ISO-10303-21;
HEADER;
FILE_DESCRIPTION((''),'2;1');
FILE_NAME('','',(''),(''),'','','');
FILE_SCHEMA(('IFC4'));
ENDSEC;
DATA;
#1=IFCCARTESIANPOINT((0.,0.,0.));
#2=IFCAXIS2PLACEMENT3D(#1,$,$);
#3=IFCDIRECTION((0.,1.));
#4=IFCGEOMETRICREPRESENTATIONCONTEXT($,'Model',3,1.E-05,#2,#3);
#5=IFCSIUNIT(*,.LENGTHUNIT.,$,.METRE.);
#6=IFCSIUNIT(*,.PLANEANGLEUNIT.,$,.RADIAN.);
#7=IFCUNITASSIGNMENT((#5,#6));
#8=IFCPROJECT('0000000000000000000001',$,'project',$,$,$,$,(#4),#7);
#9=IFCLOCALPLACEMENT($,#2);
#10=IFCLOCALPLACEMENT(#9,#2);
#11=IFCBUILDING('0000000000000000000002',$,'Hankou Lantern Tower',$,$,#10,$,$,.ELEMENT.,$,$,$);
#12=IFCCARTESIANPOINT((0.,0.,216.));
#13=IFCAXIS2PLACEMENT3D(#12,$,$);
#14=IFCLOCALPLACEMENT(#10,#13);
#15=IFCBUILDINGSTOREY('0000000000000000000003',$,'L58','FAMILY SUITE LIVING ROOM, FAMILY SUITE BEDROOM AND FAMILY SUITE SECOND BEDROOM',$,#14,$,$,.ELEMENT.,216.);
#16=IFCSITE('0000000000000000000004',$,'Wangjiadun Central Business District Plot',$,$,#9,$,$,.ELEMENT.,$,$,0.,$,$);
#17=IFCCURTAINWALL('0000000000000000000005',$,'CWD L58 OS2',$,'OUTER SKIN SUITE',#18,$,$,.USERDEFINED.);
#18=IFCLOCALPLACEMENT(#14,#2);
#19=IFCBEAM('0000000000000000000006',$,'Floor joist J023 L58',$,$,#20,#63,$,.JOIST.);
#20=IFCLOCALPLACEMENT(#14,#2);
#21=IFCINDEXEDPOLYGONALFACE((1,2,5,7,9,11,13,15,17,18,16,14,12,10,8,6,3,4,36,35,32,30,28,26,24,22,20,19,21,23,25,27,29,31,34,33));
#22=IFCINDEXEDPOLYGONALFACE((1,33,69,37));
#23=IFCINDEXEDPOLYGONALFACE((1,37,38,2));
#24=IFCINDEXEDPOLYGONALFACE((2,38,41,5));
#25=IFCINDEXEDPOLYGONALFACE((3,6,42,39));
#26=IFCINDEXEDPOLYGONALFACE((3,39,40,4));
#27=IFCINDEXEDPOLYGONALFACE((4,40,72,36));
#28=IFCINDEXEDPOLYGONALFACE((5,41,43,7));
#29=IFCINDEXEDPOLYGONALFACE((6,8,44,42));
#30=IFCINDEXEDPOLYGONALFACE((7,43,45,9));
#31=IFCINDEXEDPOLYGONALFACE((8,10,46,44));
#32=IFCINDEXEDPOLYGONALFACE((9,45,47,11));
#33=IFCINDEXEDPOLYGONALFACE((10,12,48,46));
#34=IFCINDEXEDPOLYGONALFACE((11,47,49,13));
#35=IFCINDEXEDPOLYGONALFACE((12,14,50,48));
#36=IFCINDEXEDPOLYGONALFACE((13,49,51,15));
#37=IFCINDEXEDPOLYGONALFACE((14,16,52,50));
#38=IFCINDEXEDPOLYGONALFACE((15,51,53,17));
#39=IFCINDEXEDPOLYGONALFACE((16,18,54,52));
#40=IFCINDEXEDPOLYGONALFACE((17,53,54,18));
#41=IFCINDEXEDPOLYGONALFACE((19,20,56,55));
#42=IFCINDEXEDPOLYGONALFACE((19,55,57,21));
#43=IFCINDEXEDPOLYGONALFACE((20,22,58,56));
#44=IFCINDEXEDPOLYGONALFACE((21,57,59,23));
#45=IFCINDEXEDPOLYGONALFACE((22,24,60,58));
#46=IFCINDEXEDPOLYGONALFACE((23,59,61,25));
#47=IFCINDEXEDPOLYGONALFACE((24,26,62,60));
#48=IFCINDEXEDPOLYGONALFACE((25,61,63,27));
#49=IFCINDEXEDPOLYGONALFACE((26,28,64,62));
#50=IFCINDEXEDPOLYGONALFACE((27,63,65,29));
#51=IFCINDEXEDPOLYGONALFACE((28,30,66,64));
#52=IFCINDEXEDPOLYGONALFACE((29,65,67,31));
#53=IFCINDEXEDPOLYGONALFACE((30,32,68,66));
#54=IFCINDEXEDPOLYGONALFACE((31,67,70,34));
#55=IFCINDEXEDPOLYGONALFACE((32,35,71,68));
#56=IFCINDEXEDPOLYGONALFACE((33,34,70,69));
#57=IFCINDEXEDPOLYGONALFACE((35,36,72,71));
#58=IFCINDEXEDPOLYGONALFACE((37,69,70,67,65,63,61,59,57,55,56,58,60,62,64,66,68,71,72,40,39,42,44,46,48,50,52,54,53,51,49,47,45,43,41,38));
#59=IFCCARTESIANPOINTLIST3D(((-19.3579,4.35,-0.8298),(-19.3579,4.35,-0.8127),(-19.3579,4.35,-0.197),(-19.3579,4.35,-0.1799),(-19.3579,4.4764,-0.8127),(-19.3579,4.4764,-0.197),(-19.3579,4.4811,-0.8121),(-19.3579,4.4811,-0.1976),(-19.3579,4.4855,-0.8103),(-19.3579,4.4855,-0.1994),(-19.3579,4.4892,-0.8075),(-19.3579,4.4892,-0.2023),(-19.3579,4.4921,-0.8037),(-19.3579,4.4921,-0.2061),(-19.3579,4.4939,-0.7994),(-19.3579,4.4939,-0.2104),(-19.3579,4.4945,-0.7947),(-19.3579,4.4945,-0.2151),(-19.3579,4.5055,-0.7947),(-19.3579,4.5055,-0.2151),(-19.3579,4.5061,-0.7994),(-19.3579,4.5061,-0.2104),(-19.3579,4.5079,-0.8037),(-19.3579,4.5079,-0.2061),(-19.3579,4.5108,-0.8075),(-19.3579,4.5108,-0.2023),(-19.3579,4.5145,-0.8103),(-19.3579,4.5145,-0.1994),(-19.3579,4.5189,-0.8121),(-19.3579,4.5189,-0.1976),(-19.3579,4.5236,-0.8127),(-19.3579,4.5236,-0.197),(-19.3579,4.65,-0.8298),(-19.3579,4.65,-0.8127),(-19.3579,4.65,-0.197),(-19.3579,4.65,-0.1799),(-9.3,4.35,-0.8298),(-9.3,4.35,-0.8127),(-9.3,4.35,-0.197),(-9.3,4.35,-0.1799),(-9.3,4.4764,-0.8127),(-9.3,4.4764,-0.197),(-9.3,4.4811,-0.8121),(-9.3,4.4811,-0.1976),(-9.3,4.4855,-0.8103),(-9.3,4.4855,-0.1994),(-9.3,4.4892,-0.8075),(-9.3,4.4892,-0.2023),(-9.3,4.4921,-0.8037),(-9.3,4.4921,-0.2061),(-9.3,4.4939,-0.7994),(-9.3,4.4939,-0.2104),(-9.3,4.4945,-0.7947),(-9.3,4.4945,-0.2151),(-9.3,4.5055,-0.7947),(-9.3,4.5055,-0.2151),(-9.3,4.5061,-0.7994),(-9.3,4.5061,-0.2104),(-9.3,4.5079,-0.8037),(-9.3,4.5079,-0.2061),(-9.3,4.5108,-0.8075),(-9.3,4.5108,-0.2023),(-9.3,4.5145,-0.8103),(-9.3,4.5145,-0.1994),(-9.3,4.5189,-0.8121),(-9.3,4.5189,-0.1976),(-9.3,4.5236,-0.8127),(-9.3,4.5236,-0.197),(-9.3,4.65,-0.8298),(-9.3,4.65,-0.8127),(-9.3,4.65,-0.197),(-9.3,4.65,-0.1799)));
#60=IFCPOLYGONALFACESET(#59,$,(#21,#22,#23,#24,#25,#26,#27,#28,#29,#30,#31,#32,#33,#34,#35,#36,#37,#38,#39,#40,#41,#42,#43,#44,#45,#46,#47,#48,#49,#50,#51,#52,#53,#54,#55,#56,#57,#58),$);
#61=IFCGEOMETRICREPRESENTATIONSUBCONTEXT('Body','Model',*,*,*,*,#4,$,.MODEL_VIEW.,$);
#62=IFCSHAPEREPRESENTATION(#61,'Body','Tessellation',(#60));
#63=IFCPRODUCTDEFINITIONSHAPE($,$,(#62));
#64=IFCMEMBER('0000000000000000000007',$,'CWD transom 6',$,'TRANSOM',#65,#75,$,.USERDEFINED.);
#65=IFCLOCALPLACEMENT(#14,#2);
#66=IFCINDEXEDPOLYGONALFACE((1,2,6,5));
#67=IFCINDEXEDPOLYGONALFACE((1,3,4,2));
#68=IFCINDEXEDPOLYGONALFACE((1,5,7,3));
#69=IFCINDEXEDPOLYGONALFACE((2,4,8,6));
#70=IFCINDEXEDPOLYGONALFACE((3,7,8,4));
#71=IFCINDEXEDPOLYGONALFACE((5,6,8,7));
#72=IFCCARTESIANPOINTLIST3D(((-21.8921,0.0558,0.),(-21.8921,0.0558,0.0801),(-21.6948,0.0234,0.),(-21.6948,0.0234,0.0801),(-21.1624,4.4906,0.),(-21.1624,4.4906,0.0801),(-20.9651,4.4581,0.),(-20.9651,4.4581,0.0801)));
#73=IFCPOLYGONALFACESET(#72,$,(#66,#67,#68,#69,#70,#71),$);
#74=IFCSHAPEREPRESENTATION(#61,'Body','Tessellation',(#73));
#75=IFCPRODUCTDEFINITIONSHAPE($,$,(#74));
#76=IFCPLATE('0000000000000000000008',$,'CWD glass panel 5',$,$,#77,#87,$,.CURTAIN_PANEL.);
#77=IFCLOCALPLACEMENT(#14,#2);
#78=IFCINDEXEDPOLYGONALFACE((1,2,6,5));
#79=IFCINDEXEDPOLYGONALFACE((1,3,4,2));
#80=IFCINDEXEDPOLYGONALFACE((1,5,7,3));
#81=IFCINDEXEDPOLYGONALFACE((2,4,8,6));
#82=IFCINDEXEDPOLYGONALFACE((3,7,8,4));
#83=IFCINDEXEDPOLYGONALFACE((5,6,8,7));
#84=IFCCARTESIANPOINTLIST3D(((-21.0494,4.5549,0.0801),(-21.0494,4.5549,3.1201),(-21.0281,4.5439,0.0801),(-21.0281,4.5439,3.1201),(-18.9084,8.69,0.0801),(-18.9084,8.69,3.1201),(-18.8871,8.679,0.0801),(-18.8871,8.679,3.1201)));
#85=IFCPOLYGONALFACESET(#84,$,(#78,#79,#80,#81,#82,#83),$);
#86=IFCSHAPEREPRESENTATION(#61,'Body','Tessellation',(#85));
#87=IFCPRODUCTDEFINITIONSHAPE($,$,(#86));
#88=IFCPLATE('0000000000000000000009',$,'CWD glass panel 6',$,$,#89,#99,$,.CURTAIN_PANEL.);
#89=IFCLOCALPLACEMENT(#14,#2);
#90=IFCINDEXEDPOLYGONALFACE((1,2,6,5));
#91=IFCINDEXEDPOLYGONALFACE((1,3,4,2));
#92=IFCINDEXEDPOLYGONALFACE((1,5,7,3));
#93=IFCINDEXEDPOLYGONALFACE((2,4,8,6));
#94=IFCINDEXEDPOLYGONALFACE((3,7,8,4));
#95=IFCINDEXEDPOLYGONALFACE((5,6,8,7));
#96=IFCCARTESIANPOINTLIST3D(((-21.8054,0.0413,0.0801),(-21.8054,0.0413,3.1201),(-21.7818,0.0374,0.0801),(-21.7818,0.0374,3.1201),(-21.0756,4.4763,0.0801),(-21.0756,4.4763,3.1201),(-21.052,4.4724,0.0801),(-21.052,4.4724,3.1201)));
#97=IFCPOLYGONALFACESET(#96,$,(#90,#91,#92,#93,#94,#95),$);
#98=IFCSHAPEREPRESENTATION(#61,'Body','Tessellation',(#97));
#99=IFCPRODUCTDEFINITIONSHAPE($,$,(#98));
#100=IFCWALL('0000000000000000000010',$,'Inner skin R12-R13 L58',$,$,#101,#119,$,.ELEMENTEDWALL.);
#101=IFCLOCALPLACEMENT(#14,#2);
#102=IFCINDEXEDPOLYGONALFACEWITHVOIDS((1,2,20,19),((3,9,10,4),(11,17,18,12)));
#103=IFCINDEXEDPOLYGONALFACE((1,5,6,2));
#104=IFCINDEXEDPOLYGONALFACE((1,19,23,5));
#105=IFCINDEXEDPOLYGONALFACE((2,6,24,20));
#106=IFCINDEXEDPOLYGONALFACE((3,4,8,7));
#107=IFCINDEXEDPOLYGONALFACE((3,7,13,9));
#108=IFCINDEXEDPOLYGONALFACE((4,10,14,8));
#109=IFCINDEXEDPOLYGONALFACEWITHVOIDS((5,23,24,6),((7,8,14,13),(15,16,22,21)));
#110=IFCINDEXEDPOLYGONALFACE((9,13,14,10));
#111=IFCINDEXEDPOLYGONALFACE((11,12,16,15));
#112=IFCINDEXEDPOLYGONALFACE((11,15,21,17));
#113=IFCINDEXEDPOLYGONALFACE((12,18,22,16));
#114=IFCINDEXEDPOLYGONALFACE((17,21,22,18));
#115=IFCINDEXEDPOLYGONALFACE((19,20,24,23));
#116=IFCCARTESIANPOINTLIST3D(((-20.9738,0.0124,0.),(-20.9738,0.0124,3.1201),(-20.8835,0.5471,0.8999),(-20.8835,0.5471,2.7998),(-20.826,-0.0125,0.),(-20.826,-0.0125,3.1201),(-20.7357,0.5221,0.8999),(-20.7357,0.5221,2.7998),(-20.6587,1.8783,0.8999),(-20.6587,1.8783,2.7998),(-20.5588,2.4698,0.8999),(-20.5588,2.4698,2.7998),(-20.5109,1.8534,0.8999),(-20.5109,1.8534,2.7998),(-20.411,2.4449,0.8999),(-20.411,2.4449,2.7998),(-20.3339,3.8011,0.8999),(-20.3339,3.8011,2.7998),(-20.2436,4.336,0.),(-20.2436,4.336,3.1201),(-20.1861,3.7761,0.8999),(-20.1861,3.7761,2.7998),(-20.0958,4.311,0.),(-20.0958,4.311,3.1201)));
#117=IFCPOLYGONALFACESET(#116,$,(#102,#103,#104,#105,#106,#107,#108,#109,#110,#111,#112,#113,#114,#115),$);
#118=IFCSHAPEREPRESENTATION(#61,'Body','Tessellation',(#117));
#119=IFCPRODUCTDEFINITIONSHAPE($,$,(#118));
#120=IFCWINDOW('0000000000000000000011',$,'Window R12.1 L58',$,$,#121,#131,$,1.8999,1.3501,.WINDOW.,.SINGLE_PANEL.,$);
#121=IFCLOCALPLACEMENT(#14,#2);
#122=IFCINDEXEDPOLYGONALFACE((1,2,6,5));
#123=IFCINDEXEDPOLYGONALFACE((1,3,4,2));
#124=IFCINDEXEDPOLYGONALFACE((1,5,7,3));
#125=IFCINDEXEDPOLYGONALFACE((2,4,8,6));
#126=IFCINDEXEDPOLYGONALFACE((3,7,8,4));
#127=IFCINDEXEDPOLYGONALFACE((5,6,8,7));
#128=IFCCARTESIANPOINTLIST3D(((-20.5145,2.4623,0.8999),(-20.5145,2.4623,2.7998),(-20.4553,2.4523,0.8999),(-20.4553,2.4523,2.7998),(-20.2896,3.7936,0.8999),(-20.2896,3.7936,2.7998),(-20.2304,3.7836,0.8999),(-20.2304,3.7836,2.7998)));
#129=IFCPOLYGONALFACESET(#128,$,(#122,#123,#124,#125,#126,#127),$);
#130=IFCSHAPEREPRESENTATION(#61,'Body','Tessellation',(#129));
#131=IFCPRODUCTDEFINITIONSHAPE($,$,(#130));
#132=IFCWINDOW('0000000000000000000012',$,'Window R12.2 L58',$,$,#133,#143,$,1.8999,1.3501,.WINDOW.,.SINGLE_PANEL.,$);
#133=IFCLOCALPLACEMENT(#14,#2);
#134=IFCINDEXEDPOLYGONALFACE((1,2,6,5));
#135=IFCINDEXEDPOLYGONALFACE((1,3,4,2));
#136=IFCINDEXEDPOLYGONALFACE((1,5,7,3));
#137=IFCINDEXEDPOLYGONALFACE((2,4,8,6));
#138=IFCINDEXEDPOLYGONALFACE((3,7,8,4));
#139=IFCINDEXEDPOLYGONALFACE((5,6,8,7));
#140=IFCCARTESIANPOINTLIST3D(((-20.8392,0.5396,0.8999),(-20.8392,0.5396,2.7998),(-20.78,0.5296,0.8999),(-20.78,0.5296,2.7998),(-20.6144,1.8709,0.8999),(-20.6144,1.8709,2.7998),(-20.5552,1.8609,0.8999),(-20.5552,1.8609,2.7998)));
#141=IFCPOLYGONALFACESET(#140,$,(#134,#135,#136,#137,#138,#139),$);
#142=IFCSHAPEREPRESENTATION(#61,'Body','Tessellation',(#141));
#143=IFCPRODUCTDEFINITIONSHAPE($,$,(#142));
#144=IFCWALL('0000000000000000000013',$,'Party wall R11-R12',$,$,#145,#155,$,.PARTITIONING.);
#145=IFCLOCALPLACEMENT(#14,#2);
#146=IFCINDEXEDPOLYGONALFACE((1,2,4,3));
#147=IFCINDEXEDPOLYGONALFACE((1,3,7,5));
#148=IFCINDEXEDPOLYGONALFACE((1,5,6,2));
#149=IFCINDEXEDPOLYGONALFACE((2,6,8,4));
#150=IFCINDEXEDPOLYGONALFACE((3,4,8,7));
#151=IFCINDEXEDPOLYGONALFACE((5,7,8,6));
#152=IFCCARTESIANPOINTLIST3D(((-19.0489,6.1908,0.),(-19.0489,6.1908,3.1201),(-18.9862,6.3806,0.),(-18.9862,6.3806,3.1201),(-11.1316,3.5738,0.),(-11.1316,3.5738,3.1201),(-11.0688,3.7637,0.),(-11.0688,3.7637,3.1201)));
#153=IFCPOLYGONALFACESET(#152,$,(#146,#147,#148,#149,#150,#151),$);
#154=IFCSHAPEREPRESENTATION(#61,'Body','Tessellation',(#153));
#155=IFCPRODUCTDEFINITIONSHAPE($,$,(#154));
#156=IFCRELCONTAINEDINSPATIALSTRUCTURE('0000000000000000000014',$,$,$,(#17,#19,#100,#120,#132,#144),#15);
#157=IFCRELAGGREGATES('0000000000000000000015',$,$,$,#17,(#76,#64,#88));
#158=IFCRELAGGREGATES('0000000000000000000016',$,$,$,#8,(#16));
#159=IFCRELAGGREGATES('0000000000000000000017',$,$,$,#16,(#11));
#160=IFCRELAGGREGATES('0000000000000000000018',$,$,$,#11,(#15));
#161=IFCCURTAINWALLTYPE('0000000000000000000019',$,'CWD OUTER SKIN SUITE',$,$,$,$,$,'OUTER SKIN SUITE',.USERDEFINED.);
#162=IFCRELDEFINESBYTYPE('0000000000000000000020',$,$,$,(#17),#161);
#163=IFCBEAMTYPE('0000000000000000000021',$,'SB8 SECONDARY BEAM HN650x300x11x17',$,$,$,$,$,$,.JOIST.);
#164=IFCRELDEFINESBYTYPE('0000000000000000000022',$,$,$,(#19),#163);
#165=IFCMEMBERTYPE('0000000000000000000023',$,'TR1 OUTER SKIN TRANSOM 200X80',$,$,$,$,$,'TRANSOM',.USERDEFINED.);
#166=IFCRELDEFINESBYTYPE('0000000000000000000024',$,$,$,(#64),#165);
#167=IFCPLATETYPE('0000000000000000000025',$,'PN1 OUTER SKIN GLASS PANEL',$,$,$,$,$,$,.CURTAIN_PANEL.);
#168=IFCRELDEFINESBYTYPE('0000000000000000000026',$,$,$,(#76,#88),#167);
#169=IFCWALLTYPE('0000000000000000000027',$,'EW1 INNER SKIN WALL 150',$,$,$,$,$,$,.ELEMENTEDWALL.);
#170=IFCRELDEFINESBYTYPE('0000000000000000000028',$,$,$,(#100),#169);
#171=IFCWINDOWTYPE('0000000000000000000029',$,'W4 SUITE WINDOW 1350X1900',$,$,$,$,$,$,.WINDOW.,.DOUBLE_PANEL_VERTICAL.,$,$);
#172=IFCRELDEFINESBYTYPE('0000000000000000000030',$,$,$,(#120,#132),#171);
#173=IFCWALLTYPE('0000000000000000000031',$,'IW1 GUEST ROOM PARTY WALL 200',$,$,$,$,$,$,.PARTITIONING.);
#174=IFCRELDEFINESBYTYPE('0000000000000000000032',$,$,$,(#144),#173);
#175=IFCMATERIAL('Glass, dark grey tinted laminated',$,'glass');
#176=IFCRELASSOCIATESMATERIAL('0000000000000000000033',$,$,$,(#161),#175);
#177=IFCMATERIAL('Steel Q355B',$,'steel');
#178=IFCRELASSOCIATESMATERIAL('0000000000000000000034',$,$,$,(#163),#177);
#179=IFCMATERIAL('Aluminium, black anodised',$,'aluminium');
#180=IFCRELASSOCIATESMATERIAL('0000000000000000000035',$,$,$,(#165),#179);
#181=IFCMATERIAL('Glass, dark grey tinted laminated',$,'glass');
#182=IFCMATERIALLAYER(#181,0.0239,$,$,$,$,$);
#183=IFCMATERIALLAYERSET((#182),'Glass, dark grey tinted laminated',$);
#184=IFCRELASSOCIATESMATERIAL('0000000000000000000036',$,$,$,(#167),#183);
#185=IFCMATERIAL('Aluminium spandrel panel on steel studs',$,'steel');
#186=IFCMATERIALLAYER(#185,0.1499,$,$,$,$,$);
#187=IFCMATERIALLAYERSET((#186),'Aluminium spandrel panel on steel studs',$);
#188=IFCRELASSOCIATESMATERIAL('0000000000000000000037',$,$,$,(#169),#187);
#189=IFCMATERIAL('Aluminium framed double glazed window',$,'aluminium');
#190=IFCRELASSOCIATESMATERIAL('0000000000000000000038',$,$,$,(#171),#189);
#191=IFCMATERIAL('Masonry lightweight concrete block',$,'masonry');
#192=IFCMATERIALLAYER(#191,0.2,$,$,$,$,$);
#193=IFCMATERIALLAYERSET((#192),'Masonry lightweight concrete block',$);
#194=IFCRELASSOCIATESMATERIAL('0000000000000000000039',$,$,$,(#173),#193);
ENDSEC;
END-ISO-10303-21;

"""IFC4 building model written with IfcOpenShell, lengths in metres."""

from ifc_helpers import new_model, si_unit, direction, frame, frame_2d, origin, origin_2d, place, context, subcontext, project, spatial, rectangle, i_section, extrude, material, layer, layer_set, material_profile, profile_set, type_object, element, fill, aggregate, save


model = new_model("IFC4")

# Units and contexts
model_context = context("Model", 3, precision=1e-05, world=origin(), true_north=direction((0.0, 1.0)))
body_context = subcontext(model_context, "Body", "Model", "MODEL_VIEW")
ifc_project = project(units=[si_unit("LENGTHUNIT", "METRE"), si_unit("PLANEANGLEUNIT", "RADIAN")], contexts=[model_context])

# Site, building, storey
site_placement = place(None, origin())
site = spatial("IfcSite", under=ifc_project, at=site_placement, Name="Wangjiadun Central Business District Plot", CompositionType="ELEMENT", RefElevation=0.0)
building_placement = place(site_placement, origin())
building = spatial("IfcBuilding", under=site, at=building_placement, Name="Hankou Lantern Tower", CompositionType="ELEMENT")
storey_placement = place(building_placement, frame((0.0, 0.0, 216.0)))
storey = spatial("IfcBuildingStorey", under=building, at=storey_placement, Name="L58", Description="FAMILY SUITE LIVING ROOM, FAMILY SUITE BEDROOM AND FAMILY SUITE SECOND BEDROOM", CompositionType="ELEMENT", Elevation=216.0)

# Curtain wall
ifc_material_1 = material(Name="Glass, dark grey tinted laminated", Category="glass")
curtain_wall_type = type_object("IfcCurtainWallType", Name="CWD OUTER SKIN SUITE", ElementType="OUTER SKIN SUITE", PredefinedType="USERDEFINED", material=ifc_material_1)
curtain_wall_placement = place(storey_placement, origin())
curtain_wall = element("IfcCurtainWall", 1, at=curtain_wall_placement, inside=storey, type_object=curtain_wall_type, Name="CWD L58 OS2", ObjectType="OUTER SKIN SUITE", PredefinedType="USERDEFINED")

# Beam
ifc_material_2 = material(Name="Steel Q355B", Category="steel")
ifc_material_profile_1 = material_profile(ifc_material_2, i_section(OverallWidth=0.3, OverallDepth=0.6499, WebThickness=0.011, FlangeThickness=0.0171, FilletRadius=0.0181, at=origin_2d()), Name="HN650x300x11x17")
ifc_profile_set_1 = profile_set([ifc_material_profile_1], Name="Steel Q355B")
beam_type_1 = type_object("IfcBeamType", Name="SB8 SECONDARY BEAM HN650x300x11x17", PredefinedType="JOIST", material=ifc_profile_set_1)
beam_1_placement = place(storey_placement, frame((-19.3579, 4.5, -0.5049), z_axis=(1.0, 0.0, 0.0), x_axis=(0.0, 1.0, 0.0)))
element("IfcBeam", 2, at=beam_1_placement, inside=storey, type_object=beam_type_1, Name="Floor joist J023 L58", PredefinedType="JOIST", context=body_context, shape_type="SweptSolid", body=[
    extrude(i_section(OverallWidth=0.3, OverallDepth=0.6499, WebThickness=0.011, FlangeThickness=0.0171, FilletRadius=0.0181, at=origin_2d()), origin(), (0.0, 0.0, 1.0), 10.0579),
])

# Member
ifc_material_3 = material(Name="Aluminium, black anodised", Category="aluminium")
ifc_material_profile_2 = material_profile(ifc_material_3, rectangle(XDim=0.2, YDim=0.0801, at=origin_2d()), Name="TR1 200X80")
ifc_profile_set_2 = profile_set([ifc_material_profile_2], Name="Aluminium, black anodised")
member_type_1 = type_object("IfcMemberType", Name="TR1 OUTER SKIN TRANSOM 200X80", ElementType="TRANSOM", PredefinedType="USERDEFINED", material=ifc_profile_set_2)
member_1_placement = place(storey_placement, frame((-21.0637, 4.4744, 0.04), z_axis=(-0.162364, -0.986731, 0.0), x_axis=(0.986731, -0.162364, 0.0)))
member_1 = element("IfcMember", 3, at=member_1_placement, type_object=member_type_1, Name="CWD transom 6", ObjectType="TRANSOM", PredefinedType="USERDEFINED", context=body_context, shape_type="SweptSolid", body=[
    extrude(rectangle(XDim=0.2, YDim=0.0801, at=origin_2d()), origin(), (0.0, 0.0, 1.0), 4.4944),
])

# Plates
ifc_material_4 = material(Name="Glass, dark grey tinted laminated", Category="glass")
ifc_layer_1 = layer(ifc_material_4, 0.0239)
ifc_layer_set_1 = layer_set([ifc_layer_1], Name="Glass, dark grey tinted laminated")
plate_type = type_object("IfcPlateType", Name="PN1 OUTER SKIN GLASS PANEL", PredefinedType="CURTAIN_PANEL", material=ifc_layer_set_1)
plate_1_placement = place(storey_placement, frame((-19.9683, 6.6169, 0.0801), z_axis=(0.0, 0.0, 1.0), x_axis=(-0.459791, -0.888027, 0.0)))
plate_1 = element("IfcPlate", 4, at=plate_1_placement, type_object=plate_type, Name="CWD glass panel 5", PredefinedType="CURTAIN_PANEL", context=body_context, shape_type="SweptSolid", body=[
    extrude(rectangle(XDim=4.6565, YDim=0.0239, at=origin_2d()), origin(), (0.0, 0.0, 1.0), 3.04),
])
plate_2_placement = place(storey_placement, frame((-21.4287, 2.2568, 0.0801), z_axis=(0.0, 0.0, 1.0), x_axis=(-0.162382, -0.986728, 0.0)))
plate_2 = element("IfcPlate", 5, at=plate_2_placement, type_object=plate_type, Name="CWD glass panel 6", PredefinedType="CURTAIN_PANEL", context=body_context, shape_type="SweptSolid", body=[
    extrude(rectangle(XDim=4.4946, YDim=0.0239, at=origin_2d()), origin(), (0.0, 0.0, 1.0), 3.04),
])
aggregate(curtain_wall, [plate_1, member_1, plate_2])

# Wall, openings, windows
ifc_material_5 = material(Name="Aluminium spandrel panel on steel studs", Category="steel")
ifc_layer_2 = layer(ifc_material_5, 0.1499)
ifc_layer_set_2 = layer_set([ifc_layer_2], Name="Aluminium spandrel panel on steel studs")
wall_type_1 = type_object("IfcWallType", Name="EW1 INNER SKIN WALL 150", PredefinedType="ELEMENTEDWALL", material=ifc_layer_set_2)
wall_1_placement = place(storey_placement, frame((-20.1697, 4.3235, 0.0), z_axis=(0.0, 0.0, 1.0), x_axis=(-0.166539, -0.986035, 0.0)))
wall_1 = element("IfcWall", 6, at=wall_1_placement, inside=storey, type_object=wall_type_1, Name="Inner skin R12-R13 L58", PredefinedType="ELEMENTEDWALL", context=body_context, shape_type="SweptSolid", body=[
    extrude(rectangle(XDim=4.3848, YDim=0.1499, at=frame_2d((2.1924, 0.0))), origin(), (0.0, 0.0, 1.0), 3.1201),
])
opening_1_placement = place(wall_1_placement, frame((0.5425, 0.0, 0.8999)))
opening_1 = element("IfcOpeningElement", 7, at=opening_1_placement, cuts=wall_1, PredefinedType="OPENING", context=body_context, shape_type="SweptSolid", body=[
    extrude(rectangle(XDim=1.3501, YDim=1.8999, at=frame_2d((0.675, 0.95))), frame((0.0, 0.085, 0.0), z_axis=(0.0, -1.0, 0.0), x_axis=(1.0, 0.0, 0.0)), (0.0, 0.0, 1.0), 0.1699),
])
opening_2_placement = place(wall_1_placement, frame((2.4924, 0.0, 0.8999)))
opening_2 = element("IfcOpeningElement", 8, at=opening_2_placement, cuts=wall_1, PredefinedType="OPENING", context=body_context, shape_type="SweptSolid", body=[
    extrude(rectangle(XDim=1.3501, YDim=1.8999, at=frame_2d((0.675, 0.95))), frame((0.0, 0.085, 0.0), z_axis=(0.0, -1.0, 0.0), x_axis=(1.0, 0.0, 0.0)), (0.0, 0.0, 1.0), 0.1699),
])
ifc_material_6 = material(Name="Aluminium framed double glazed window", Category="aluminium")
window_type = type_object("IfcWindowType", Name="W4 SUITE WINDOW 1350X1900", PartitioningType="DOUBLE_PANEL_VERTICAL", PredefinedType="WINDOW", material=ifc_material_6)
window_1_placement = place(opening_1_placement, origin())
window_1 = element("IfcWindow", 9, at=window_1_placement, inside=storey, type_object=window_type, Name="Window R12.1 L58", OverallHeight=1.8999, OverallWidth=1.3501, PartitioningType="SINGLE_PANEL", PredefinedType="WINDOW", context=body_context, shape_type="SweptSolid", body=[
    extrude(rectangle(XDim=1.3501, YDim=1.8999, at=frame_2d((0.675, 0.95))), frame((0.0, 0.03, 0.0), z_axis=(0.0, -1.0, 0.0), x_axis=(1.0, 0.0, 0.0)), (0.0, 0.0, 1.0), 0.0601),
])
fill(opening_1, window_1)
window_2_placement = place(opening_2_placement, origin())
window_2 = element("IfcWindow", 10, at=window_2_placement, inside=storey, type_object=window_type, Name="Window R12.2 L58", OverallHeight=1.8999, OverallWidth=1.3501, PartitioningType="SINGLE_PANEL", PredefinedType="WINDOW", context=body_context, shape_type="SweptSolid", body=[
    extrude(rectangle(XDim=1.3501, YDim=1.8999, at=frame_2d((0.675, 0.95))), frame((0.0, 0.03, 0.0), z_axis=(0.0, -1.0, 0.0), x_axis=(1.0, 0.0, 0.0)), (0.0, 0.0, 1.0), 0.0601),
])
fill(opening_2, window_2)

# Wall
ifc_material_7 = material(Name="Masonry lightweight concrete block", Category="masonry")
ifc_layer_3 = layer(ifc_material_7, 0.2)
ifc_layer_set_3 = layer_set([ifc_layer_3], Name="Masonry lightweight concrete block")
wall_type_2 = type_object("IfcWallType", Name="IW1 GUEST ROOM PARTY WALL 200", PredefinedType="PARTITIONING", material=ifc_layer_set_3)
wall_2_placement = place(storey_placement, frame((-11.1001, 3.6687, 0.0), z_axis=(0.0, 0.0, 1.0), x_axis=(-0.949477, 0.313838, 0.0)))
element("IfcWall", 11, at=wall_2_placement, inside=storey, type_object=wall_type_2, Name="Party wall R11-R12", PredefinedType="PARTITIONING", context=body_context, shape_type="SweptSolid", body=[
    extrude(rectangle(XDim=8.3386, YDim=0.2, at=frame_2d((4.1694, 0.0))), origin(), (0.0, 0.0, 1.0), 3.1201),
])

save(model, "model.ifc")
